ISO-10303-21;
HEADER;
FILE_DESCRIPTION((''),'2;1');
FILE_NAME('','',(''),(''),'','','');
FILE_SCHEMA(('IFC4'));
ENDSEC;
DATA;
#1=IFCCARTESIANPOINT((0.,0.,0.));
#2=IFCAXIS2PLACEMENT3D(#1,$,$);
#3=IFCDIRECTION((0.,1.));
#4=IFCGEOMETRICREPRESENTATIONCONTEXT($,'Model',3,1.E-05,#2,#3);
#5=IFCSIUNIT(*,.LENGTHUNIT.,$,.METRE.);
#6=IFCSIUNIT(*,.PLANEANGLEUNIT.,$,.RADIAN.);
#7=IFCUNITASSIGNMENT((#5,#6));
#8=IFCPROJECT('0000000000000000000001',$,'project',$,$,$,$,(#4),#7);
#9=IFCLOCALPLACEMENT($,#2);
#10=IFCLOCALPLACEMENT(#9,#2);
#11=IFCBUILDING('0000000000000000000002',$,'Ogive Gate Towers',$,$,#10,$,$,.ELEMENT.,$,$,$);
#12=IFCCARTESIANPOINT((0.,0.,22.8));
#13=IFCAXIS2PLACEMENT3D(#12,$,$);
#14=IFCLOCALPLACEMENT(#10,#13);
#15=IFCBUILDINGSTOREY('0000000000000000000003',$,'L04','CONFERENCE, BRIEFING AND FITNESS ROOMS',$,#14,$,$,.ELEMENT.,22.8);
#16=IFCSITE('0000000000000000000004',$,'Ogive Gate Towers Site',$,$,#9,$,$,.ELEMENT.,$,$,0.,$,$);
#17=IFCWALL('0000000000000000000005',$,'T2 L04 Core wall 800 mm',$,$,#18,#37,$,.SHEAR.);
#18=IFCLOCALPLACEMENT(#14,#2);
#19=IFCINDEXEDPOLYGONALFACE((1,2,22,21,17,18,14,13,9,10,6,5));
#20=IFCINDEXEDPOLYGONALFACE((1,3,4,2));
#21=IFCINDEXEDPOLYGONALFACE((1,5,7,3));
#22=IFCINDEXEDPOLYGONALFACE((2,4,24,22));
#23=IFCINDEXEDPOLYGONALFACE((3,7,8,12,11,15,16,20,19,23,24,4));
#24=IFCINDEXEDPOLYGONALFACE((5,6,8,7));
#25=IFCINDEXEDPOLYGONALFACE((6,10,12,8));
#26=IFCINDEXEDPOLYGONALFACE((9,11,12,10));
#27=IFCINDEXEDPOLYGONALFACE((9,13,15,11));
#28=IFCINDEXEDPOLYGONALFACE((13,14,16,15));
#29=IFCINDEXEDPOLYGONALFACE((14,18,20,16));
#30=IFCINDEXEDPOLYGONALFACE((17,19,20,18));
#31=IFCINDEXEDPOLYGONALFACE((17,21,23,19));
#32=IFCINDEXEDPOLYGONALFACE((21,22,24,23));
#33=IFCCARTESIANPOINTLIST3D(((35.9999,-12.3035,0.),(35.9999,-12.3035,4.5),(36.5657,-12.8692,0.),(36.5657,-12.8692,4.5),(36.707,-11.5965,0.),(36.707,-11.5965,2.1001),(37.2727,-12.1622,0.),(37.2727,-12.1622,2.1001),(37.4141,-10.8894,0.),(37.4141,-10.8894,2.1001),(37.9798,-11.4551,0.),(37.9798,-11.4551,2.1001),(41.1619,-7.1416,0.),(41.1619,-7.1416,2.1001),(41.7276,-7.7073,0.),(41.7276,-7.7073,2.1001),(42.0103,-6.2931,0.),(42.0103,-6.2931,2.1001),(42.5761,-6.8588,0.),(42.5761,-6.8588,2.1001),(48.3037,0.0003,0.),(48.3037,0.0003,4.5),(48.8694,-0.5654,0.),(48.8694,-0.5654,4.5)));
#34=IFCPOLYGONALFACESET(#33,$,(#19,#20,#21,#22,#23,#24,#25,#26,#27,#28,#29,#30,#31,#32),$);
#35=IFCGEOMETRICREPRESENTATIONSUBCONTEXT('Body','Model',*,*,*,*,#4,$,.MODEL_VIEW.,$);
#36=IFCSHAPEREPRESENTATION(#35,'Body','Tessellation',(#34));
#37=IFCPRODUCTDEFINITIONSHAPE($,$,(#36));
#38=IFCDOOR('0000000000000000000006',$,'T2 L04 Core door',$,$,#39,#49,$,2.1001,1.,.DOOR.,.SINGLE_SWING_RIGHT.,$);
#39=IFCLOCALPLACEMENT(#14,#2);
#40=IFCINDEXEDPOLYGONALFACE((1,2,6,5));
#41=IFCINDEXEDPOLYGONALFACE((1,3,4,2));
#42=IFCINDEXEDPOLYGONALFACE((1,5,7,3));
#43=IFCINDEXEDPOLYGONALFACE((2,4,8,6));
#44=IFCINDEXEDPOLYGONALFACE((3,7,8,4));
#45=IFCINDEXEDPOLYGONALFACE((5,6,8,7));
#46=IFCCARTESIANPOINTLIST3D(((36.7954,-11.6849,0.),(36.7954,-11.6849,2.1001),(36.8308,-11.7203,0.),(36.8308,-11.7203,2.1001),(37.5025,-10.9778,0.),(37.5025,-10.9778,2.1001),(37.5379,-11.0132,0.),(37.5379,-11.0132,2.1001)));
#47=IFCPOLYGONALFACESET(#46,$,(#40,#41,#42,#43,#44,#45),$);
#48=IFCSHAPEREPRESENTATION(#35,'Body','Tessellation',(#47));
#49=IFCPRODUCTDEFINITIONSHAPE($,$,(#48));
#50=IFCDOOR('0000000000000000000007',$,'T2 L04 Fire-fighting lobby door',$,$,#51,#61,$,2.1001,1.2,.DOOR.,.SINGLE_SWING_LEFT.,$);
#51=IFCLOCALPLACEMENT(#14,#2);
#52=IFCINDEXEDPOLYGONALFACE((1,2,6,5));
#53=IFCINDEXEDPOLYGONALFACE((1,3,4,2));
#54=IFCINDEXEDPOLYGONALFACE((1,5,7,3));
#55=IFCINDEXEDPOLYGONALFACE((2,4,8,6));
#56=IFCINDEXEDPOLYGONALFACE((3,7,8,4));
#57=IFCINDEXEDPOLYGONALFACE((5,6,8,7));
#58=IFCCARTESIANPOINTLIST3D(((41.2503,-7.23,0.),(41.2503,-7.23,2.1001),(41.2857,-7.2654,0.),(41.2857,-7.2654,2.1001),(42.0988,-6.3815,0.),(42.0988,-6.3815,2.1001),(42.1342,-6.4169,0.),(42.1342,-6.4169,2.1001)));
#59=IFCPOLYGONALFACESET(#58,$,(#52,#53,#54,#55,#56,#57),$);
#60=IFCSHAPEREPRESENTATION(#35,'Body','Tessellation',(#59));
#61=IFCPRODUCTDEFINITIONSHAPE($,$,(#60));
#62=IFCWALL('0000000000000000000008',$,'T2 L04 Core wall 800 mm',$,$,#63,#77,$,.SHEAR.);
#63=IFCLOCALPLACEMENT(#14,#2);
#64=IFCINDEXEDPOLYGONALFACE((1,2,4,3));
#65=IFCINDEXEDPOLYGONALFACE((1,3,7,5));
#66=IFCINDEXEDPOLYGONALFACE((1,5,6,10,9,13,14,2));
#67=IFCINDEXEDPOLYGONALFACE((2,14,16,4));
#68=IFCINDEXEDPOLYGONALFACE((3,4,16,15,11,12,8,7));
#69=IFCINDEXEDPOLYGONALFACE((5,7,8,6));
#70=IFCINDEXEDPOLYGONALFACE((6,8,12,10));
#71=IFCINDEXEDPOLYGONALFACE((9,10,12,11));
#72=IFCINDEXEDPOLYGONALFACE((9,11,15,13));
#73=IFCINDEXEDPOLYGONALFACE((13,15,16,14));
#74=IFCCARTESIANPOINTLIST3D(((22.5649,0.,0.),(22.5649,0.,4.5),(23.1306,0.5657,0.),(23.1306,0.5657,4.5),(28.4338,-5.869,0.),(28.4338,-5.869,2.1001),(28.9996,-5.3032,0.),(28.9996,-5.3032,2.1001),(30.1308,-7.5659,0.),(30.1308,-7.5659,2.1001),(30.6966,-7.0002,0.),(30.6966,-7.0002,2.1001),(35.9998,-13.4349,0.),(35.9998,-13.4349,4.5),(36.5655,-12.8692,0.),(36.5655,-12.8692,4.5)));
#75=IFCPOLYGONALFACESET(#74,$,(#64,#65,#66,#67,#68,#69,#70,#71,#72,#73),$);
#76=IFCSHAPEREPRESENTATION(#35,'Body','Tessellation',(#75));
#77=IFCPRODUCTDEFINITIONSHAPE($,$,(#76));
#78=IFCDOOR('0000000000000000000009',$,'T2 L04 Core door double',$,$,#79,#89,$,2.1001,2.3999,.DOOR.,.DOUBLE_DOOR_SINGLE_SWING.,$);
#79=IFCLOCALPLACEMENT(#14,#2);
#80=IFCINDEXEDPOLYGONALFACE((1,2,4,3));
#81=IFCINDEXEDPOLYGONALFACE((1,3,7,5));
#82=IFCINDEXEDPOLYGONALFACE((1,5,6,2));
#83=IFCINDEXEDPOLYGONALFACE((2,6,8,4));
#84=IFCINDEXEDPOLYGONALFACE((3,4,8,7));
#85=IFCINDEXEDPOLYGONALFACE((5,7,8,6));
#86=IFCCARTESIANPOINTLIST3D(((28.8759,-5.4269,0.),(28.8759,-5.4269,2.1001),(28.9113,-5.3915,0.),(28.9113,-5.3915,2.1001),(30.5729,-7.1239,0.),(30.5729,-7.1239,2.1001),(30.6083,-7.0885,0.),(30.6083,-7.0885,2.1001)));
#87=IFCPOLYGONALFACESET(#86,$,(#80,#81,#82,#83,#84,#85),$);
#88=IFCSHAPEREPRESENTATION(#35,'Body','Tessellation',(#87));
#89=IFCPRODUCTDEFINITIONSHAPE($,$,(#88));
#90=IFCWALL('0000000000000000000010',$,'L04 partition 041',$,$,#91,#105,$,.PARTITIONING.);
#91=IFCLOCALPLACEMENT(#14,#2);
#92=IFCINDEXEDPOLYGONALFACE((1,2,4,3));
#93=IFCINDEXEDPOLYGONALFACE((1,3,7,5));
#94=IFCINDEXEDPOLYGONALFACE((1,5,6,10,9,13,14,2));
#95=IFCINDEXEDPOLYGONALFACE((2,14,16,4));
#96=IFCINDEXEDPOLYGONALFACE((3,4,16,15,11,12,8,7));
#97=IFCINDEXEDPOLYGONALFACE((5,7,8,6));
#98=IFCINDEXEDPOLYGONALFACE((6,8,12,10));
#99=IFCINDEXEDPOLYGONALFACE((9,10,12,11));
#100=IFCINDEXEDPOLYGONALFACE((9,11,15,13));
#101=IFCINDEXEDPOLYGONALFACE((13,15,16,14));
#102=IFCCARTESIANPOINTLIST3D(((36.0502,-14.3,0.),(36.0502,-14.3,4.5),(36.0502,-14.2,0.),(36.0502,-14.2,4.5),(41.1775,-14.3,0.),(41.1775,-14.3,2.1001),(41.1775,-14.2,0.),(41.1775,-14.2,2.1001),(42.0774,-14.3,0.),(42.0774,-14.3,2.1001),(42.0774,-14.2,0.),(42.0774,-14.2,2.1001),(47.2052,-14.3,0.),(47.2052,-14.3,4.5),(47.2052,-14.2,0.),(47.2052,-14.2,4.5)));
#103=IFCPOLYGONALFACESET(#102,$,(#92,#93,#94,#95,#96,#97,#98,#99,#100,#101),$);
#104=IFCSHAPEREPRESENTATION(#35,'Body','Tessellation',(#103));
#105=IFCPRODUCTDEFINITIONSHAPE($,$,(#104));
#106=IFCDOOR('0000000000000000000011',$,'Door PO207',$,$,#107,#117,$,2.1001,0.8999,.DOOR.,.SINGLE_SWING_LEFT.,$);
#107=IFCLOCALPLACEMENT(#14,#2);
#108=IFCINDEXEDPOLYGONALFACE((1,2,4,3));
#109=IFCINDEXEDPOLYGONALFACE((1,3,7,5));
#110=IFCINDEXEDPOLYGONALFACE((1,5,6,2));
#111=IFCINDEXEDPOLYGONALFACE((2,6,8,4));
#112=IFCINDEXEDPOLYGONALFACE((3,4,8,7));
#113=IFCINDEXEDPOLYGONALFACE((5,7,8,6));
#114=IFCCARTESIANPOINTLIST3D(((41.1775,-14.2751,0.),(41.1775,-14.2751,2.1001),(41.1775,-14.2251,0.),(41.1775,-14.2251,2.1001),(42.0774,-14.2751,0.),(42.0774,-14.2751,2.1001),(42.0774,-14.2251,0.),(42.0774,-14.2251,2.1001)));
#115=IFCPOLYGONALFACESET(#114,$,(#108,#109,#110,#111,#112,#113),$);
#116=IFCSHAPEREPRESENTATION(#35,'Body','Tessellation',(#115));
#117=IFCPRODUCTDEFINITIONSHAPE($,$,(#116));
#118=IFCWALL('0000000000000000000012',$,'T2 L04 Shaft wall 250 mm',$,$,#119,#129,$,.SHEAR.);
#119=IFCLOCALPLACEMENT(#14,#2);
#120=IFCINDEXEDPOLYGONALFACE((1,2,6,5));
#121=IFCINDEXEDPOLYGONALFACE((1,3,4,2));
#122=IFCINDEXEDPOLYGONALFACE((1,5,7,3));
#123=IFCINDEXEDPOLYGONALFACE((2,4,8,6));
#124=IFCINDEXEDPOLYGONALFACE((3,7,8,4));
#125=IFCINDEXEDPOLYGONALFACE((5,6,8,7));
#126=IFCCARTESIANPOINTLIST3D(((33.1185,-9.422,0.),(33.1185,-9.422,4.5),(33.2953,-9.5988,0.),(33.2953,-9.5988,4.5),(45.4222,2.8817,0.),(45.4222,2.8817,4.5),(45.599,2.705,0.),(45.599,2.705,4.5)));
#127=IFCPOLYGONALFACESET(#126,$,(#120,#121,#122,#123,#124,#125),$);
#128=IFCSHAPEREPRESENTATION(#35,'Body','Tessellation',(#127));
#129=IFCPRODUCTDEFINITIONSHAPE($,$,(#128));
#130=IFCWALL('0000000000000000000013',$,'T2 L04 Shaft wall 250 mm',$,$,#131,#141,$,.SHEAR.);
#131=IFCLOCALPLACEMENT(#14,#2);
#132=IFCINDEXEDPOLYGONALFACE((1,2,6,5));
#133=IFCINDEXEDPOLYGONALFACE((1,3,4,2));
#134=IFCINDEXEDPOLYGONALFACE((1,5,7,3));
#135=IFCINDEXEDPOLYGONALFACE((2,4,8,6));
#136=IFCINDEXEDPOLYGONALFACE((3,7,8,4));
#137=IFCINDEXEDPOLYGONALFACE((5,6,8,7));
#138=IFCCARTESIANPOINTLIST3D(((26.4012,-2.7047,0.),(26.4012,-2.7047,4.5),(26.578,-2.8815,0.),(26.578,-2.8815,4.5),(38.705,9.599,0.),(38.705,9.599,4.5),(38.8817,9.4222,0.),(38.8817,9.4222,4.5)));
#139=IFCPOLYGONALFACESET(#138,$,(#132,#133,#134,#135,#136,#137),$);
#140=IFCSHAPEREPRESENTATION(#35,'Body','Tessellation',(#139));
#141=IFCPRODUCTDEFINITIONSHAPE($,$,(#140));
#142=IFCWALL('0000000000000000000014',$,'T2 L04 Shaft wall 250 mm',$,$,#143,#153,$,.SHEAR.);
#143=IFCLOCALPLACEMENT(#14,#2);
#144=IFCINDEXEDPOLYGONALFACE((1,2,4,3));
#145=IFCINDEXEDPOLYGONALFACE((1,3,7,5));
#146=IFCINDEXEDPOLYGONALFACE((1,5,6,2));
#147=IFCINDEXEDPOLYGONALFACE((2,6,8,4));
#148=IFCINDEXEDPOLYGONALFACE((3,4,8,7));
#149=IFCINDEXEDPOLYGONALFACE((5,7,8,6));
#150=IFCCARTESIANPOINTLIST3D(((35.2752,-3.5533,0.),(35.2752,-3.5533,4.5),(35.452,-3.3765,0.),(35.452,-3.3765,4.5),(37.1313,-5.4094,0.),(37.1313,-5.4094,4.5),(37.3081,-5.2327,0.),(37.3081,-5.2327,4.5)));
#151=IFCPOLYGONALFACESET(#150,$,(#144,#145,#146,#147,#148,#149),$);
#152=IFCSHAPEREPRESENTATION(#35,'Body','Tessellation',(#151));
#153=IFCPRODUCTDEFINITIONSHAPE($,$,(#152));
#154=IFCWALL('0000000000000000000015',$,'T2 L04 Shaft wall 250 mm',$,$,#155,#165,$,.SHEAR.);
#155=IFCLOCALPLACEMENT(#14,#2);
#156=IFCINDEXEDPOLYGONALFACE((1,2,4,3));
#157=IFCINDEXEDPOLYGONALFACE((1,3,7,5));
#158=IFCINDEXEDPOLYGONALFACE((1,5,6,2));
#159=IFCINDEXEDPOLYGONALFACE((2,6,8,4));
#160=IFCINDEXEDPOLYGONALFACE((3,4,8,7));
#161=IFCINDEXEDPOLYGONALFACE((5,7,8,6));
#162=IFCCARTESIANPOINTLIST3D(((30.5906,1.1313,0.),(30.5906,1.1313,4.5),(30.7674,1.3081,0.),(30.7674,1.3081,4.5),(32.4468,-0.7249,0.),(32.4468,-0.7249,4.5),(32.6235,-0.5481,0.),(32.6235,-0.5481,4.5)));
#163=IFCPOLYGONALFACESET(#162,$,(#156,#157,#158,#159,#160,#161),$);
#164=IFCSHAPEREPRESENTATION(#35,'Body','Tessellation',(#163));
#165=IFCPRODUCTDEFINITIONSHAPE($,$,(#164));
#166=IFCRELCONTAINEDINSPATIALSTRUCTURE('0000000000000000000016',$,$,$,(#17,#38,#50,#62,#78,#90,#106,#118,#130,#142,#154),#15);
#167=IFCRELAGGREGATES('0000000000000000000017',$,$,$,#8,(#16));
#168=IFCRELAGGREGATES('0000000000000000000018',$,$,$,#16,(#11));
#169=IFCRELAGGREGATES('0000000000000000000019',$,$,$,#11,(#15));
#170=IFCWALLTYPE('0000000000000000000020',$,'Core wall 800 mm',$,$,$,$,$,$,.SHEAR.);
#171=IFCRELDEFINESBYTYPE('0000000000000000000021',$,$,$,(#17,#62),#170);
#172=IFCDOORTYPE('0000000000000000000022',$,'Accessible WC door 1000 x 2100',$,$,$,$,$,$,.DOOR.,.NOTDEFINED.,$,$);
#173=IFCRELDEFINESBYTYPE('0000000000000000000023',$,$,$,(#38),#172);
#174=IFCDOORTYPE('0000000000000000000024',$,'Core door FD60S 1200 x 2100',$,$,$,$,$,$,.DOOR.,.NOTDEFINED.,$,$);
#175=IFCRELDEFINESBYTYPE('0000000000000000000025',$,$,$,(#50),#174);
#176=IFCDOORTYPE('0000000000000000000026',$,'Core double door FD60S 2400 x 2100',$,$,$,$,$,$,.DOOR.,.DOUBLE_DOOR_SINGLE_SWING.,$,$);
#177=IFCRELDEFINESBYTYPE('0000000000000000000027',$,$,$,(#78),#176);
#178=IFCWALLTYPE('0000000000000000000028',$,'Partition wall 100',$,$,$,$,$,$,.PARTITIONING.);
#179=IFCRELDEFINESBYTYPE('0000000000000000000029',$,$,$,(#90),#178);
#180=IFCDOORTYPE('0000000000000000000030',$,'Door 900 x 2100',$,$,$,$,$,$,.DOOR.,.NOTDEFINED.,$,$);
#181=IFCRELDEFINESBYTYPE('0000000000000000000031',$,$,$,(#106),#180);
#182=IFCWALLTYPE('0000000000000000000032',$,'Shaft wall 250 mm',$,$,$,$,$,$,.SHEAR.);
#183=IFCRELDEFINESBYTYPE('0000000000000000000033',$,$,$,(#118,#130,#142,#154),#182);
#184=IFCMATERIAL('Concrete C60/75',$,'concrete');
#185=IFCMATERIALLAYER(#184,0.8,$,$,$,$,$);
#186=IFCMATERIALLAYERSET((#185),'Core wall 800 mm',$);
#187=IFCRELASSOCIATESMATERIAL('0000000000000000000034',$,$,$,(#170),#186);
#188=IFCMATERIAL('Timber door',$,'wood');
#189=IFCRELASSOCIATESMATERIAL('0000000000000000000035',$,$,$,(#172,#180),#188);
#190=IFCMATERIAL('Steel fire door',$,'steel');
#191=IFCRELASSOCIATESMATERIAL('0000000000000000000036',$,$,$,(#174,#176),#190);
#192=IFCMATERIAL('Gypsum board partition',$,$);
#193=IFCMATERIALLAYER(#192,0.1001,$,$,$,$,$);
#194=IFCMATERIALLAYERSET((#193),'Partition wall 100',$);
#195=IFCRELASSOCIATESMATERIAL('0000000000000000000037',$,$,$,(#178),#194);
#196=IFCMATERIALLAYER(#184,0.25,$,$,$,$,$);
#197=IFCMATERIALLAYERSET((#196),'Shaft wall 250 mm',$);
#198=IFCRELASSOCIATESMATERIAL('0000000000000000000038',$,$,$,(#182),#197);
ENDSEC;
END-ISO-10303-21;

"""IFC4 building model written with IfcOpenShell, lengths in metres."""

from ifc_helpers import new_model, si_unit, direction, frame, frame_2d, origin, place, context, subcontext, project, spatial, rectangle, extrude, material, layer, layer_set, type_object, element, fill, save


model = new_model("IFC4")

# Units and contexts
model_context = context("Model", 3, precision=1e-05, world=origin(), true_north=direction((0.0, 1.0)))
body_context = subcontext(model_context, "Body", "Model", "MODEL_VIEW")
ifc_project = project(units=[si_unit("LENGTHUNIT", "METRE"), si_unit("PLANEANGLEUNIT", "RADIAN")], contexts=[model_context])

# Site, building, storey
site_placement = place(None, origin())
site = spatial("IfcSite", under=ifc_project, at=site_placement, Name="Ogive Gate Towers Site", CompositionType="ELEMENT", RefElevation=0.0)
building_placement = place(site_placement, origin())
building = spatial("IfcBuilding", under=site, at=building_placement, Name="Ogive Gate Towers", CompositionType="ELEMENT")
storey_placement = place(building_placement, frame((0.0, 0.0, 22.8)))
storey = spatial("IfcBuildingStorey", under=building, at=storey_placement, Name="L04", Description="CONFERENCE, BRIEFING AND FITNESS ROOMS", CompositionType="ELEMENT", Elevation=22.8)

# Wall, openings, doors
ifc_material_1 = material(Name="Concrete C60/75", Category="concrete")
ifc_layer_1 = layer(ifc_material_1, 0.8)
ifc_layer_set_1 = layer_set([ifc_layer_1], Name="Core wall 800 mm")
wall_type_1 = type_object("IfcWallType", Name="Core wall 800 mm", PredefinedType="SHEAR", material=ifc_layer_set_1)
wall_1_placement = place(storey_placement, frame((36.2827, -12.5864, 0.0), z_axis=(0.0, 0.0, 1.0), x_axis=(0.707107, 0.707107, 0.0)))
wall_1 = element("IfcWall", 1, at=wall_1_placement, inside=storey, type_object=wall_type_1, Name="T2 L04 Core wall 800 mm", PredefinedType="SHEAR", context=body_context, shape_type="SweptSolid", body=[
    extrude(rectangle(XDim=17.4001, YDim=0.8, at=frame_2d((8.7002, 0.0))), origin(), (0.0, 0.0, 1.0), 4.5),
])
opening_1_placement = place(wall_1_placement, frame((7.3, 0.0, 0.0)))
opening_1 = element("IfcOpeningElement", 2, at=opening_1_placement, cuts=wall_1, PredefinedType="OPENING", context=body_context, shape_type="SweptSolid", body=[
    extrude(rectangle(XDim=1.2, YDim=2.1001, at=frame_2d((0.6001, 1.05))), frame((0.0, 0.4102, 0.0), z_axis=(0.0, -1.0, 0.0), x_axis=(1.0, 0.0, 0.0)), (0.0, 0.0, 1.0), 0.8201),
])
opening_2_placement = place(wall_1_placement, frame((1.0, 0.0, 0.0)))
opening_2 = element("IfcOpeningElement", 3, at=opening_2_placement, cuts=wall_1, PredefinedType="OPENING", context=body_context, shape_type="SweptSolid", body=[
    extrude(rectangle(XDim=1.0, YDim=2.1001, at=frame_2d((0.5, 1.05))), frame((0.0, 0.4102, 0.0), z_axis=(0.0, -1.0, 0.0), x_axis=(1.0, 0.0, 0.0)), (0.0, 0.0, 1.0), 0.8201),
])
ifc_material_2 = material(Name="Timber door", Category="wood")
door_type_1 = type_object("IfcDoorType", Name="Accessible WC door 1000 x 2100", OperationType="NOTDEFINED", PredefinedType="DOOR", material=ifc_material_2)
door_1_placement = place(opening_2_placement, origin())
door_1 = element("IfcDoor", 4, at=door_1_placement, inside=storey, type_object=door_type_1, Name="T2 L04 Core door", OperationType="SINGLE_SWING_RIGHT", OverallHeight=2.1001, OverallWidth=1.0, PredefinedType="DOOR", context=body_context, shape_type="SweptSolid", body=[
    extrude(rectangle(XDim=1.0, YDim=2.1001, at=frame_2d((0.5, 1.05))), frame((0.0, 0.2749, 0.0), z_axis=(0.0, -1.0, 0.0), x_axis=(1.0, 0.0, 0.0)), (0.0, 0.0, 1.0), 0.05),
])
fill(opening_2, door_1)
ifc_material_3 = material(Name="Steel fire door", Category="steel")
door_type_2 = type_object("IfcDoorType", Name="Core door FD60S 1200 x 2100", OperationType="NOTDEFINED", PredefinedType="DOOR", material=ifc_material_3)
door_2_placement = place(opening_1_placement, origin())
door_2 = element("IfcDoor", 5, at=door_2_placement, inside=storey, type_object=door_type_2, Name="T2 L04 Fire-fighting lobby door", OperationType="SINGLE_SWING_LEFT", OverallHeight=2.1001, OverallWidth=1.2, PredefinedType="DOOR", context=body_context, shape_type="SweptSolid", body=[
    extrude(rectangle(XDim=1.2, YDim=2.1001, at=frame_2d((0.6001, 1.05))), frame((0.0, 0.2749, 0.0), z_axis=(0.0, -1.0, 0.0), x_axis=(1.0, 0.0, 0.0)), (0.0, 0.0, 1.0), 0.05),
])
fill(opening_1, door_2)

# Walls, openings, doors
wall_2_placement = place(storey_placement, frame((36.2827, -13.1521, 0.0), z_axis=(0.0, 0.0, 1.0), x_axis=(-0.707107, 0.707107, 0.0)))
wall_2 = element("IfcWall", 6, at=wall_2_placement, inside=storey, type_object=wall_type_1, Name="T2 L04 Core wall 800 mm", PredefinedType="SHEAR", context=body_context, shape_type="SweptSolid", body=[
    extrude(rectangle(XDim=18.9998, YDim=0.8, at=frame_2d((9.5, 0.0))), origin(), (0.0, 0.0, 1.0), 4.5),
])
opening_3_placement = place(wall_2_placement, frame((8.3, 0.0, 0.0)))
opening_3 = element("IfcOpeningElement", 7, at=opening_3_placement, cuts=wall_2, PredefinedType="OPENING", context=body_context, shape_type="SweptSolid", body=[
    extrude(rectangle(XDim=2.3999, YDim=2.1001, at=frame_2d((1.2, 1.05))), frame((0.0, 0.4102, 0.0), z_axis=(0.0, -1.0, 0.0), x_axis=(1.0, 0.0, 0.0)), (0.0, 0.0, 1.0), 0.8201),
])
door_type_3 = type_object("IfcDoorType", Name="Core double door FD60S 2400 x 2100", OperationType="DOUBLE_DOOR_SINGLE_SWING", PredefinedType="DOOR", material=ifc_material_3)
door_3_placement = place(opening_3_placement, origin())
door_3 = element("IfcDoor", 8, at=door_3_placement, inside=storey, type_object=door_type_3, Name="T2 L04 Core door double", OperationType="DOUBLE_DOOR_SINGLE_SWING", OverallHeight=2.1001, OverallWidth=2.3999, PredefinedType="DOOR", context=body_context, shape_type="SweptSolid", body=[
    extrude(rectangle(XDim=2.3999, YDim=2.1001, at=frame_2d((1.2, 1.05))), frame((0.0, -0.2251, 0.0), z_axis=(0.0, -1.0, 0.0), x_axis=(1.0, 0.0, 0.0)), (0.0, 0.0, 1.0), 0.05),
])
fill(opening_3, door_3)
ifc_material_4 = material(Name="Gypsum board partition")
ifc_layer_2 = layer(ifc_material_4, 0.1001)
ifc_layer_set_2 = layer_set([ifc_layer_2], Name="Partition wall 100")
wall_type_2 = type_object("IfcWallType", Name="Partition wall 100", PredefinedType="PARTITIONING", material=ifc_layer_set_2)
wall_3_placement = place(storey_placement, frame((36.05, -14.25, 0.0), z_axis=(0.0, 0.0, 1.0), x_axis=(1.0, 0.0, 0.0)))
wall_3 = element("IfcWall", 9, at=wall_3_placement, inside=storey, type_object=wall_type_2, Name="L04 partition 041", PredefinedType="PARTITIONING", context=body_context, shape_type="SweptSolid", body=[
    extrude(rectangle(XDim=11.155, YDim=0.1001, at=frame_2d((5.5776, 0.0))), origin(), (0.0, 0.0, 1.0), 4.5),
])
opening_4_placement = place(wall_3_placement, frame((5.1274, 0.0, 0.0)))
opening_4 = element("IfcOpeningElement", 10, at=opening_4_placement, cuts=wall_3, PredefinedType="OPENING", context=body_context, shape_type="SweptSolid", body=[
    extrude(rectangle(XDim=0.8999, YDim=2.1001, at=frame_2d((0.45, 1.05))), frame((0.0, 0.0601, 0.0), z_axis=(0.0, -1.0, 0.0), x_axis=(1.0, 0.0, 0.0)), (0.0, 0.0, 1.0), 0.1201),
])
door_type_4 = type_object("IfcDoorType", Name="Door 900 x 2100", OperationType="NOTDEFINED", PredefinedType="DOOR", material=ifc_material_2)
door_4_placement = place(opening_4_placement, origin())
door_4 = element("IfcDoor", 11, at=door_4_placement, inside=storey, type_object=door_type_4, Name="Door PO207", OperationType="SINGLE_SWING_LEFT", OverallHeight=2.1001, OverallWidth=0.8999, PredefinedType="DOOR", context=body_context, shape_type="SweptSolid", body=[
    extrude(rectangle(XDim=0.8999, YDim=2.1001, at=frame_2d((0.45, 1.05))), frame((0.0, 0.0249, 0.0), z_axis=(0.0, -1.0, 0.0), x_axis=(1.0, 0.0, 0.0)), (0.0, 0.0, 1.0), 0.05),
])
fill(opening_4, door_4)

# Walls
ifc_layer_3 = layer(ifc_material_1, 0.25)
ifc_layer_set_3 = layer_set([ifc_layer_3], Name="Shaft wall 250 mm")
wall_type_3 = type_object("IfcWallType", Name="Shaft wall 250 mm", PredefinedType="SHEAR", material=ifc_layer_set_3)
for number, where, z_axis, x_axis, name in (
    (12, (33.2068, -9.5105, 0.0), (0.0, 0.0, 1.0), (0.707107, 0.707107, 0.0), "T2 L04 Shaft wall 250 mm"),
    (13, (26.4895, -2.7932, 0.0), (0.0, 0.0, 1.0), (0.707107, 0.707107, 0.0), "T2 L04 Shaft wall 250 mm"),
):
    element("IfcWall", number, at=place(storey_placement, frame(where, z_axis=z_axis, x_axis=x_axis)), inside=storey, type_object=wall_type_3, Name=name, PredefinedType="SHEAR", context=body_context, shape_type="SweptSolid", body=[
        extrude(rectangle(XDim=17.4001, YDim=0.25, at=frame_2d((8.7002, 0.0))), origin(), (0.0, 0.0, 1.0), 4.5),
    ])
for number, where, z_axis, x_axis, name in (
    (14, (37.2197, -5.321, 0.0), (0.0, 0.0, 1.0), (-0.707107, 0.707107, 0.0), "T2 L04 Shaft wall 250 mm"),
    (15, (32.5352, -0.6365, 0.0), (0.0, 0.0, 1.0), (-0.707107, 0.707107, 0.0), "T2 L04 Shaft wall 250 mm"),
):
    element("IfcWall", number, at=place(storey_placement, frame(where, z_axis=z_axis, x_axis=x_axis)), inside=storey, type_object=wall_type_3, Name=name, PredefinedType="SHEAR", context=body_context, shape_type="SweptSolid", body=[
        extrude(rectangle(XDim=2.625, YDim=0.25, at=frame_2d((1.3125, 0.0))), origin(), (0.0, 0.0, 1.0), 4.5),
    ])

save(model, "model.ifc")
